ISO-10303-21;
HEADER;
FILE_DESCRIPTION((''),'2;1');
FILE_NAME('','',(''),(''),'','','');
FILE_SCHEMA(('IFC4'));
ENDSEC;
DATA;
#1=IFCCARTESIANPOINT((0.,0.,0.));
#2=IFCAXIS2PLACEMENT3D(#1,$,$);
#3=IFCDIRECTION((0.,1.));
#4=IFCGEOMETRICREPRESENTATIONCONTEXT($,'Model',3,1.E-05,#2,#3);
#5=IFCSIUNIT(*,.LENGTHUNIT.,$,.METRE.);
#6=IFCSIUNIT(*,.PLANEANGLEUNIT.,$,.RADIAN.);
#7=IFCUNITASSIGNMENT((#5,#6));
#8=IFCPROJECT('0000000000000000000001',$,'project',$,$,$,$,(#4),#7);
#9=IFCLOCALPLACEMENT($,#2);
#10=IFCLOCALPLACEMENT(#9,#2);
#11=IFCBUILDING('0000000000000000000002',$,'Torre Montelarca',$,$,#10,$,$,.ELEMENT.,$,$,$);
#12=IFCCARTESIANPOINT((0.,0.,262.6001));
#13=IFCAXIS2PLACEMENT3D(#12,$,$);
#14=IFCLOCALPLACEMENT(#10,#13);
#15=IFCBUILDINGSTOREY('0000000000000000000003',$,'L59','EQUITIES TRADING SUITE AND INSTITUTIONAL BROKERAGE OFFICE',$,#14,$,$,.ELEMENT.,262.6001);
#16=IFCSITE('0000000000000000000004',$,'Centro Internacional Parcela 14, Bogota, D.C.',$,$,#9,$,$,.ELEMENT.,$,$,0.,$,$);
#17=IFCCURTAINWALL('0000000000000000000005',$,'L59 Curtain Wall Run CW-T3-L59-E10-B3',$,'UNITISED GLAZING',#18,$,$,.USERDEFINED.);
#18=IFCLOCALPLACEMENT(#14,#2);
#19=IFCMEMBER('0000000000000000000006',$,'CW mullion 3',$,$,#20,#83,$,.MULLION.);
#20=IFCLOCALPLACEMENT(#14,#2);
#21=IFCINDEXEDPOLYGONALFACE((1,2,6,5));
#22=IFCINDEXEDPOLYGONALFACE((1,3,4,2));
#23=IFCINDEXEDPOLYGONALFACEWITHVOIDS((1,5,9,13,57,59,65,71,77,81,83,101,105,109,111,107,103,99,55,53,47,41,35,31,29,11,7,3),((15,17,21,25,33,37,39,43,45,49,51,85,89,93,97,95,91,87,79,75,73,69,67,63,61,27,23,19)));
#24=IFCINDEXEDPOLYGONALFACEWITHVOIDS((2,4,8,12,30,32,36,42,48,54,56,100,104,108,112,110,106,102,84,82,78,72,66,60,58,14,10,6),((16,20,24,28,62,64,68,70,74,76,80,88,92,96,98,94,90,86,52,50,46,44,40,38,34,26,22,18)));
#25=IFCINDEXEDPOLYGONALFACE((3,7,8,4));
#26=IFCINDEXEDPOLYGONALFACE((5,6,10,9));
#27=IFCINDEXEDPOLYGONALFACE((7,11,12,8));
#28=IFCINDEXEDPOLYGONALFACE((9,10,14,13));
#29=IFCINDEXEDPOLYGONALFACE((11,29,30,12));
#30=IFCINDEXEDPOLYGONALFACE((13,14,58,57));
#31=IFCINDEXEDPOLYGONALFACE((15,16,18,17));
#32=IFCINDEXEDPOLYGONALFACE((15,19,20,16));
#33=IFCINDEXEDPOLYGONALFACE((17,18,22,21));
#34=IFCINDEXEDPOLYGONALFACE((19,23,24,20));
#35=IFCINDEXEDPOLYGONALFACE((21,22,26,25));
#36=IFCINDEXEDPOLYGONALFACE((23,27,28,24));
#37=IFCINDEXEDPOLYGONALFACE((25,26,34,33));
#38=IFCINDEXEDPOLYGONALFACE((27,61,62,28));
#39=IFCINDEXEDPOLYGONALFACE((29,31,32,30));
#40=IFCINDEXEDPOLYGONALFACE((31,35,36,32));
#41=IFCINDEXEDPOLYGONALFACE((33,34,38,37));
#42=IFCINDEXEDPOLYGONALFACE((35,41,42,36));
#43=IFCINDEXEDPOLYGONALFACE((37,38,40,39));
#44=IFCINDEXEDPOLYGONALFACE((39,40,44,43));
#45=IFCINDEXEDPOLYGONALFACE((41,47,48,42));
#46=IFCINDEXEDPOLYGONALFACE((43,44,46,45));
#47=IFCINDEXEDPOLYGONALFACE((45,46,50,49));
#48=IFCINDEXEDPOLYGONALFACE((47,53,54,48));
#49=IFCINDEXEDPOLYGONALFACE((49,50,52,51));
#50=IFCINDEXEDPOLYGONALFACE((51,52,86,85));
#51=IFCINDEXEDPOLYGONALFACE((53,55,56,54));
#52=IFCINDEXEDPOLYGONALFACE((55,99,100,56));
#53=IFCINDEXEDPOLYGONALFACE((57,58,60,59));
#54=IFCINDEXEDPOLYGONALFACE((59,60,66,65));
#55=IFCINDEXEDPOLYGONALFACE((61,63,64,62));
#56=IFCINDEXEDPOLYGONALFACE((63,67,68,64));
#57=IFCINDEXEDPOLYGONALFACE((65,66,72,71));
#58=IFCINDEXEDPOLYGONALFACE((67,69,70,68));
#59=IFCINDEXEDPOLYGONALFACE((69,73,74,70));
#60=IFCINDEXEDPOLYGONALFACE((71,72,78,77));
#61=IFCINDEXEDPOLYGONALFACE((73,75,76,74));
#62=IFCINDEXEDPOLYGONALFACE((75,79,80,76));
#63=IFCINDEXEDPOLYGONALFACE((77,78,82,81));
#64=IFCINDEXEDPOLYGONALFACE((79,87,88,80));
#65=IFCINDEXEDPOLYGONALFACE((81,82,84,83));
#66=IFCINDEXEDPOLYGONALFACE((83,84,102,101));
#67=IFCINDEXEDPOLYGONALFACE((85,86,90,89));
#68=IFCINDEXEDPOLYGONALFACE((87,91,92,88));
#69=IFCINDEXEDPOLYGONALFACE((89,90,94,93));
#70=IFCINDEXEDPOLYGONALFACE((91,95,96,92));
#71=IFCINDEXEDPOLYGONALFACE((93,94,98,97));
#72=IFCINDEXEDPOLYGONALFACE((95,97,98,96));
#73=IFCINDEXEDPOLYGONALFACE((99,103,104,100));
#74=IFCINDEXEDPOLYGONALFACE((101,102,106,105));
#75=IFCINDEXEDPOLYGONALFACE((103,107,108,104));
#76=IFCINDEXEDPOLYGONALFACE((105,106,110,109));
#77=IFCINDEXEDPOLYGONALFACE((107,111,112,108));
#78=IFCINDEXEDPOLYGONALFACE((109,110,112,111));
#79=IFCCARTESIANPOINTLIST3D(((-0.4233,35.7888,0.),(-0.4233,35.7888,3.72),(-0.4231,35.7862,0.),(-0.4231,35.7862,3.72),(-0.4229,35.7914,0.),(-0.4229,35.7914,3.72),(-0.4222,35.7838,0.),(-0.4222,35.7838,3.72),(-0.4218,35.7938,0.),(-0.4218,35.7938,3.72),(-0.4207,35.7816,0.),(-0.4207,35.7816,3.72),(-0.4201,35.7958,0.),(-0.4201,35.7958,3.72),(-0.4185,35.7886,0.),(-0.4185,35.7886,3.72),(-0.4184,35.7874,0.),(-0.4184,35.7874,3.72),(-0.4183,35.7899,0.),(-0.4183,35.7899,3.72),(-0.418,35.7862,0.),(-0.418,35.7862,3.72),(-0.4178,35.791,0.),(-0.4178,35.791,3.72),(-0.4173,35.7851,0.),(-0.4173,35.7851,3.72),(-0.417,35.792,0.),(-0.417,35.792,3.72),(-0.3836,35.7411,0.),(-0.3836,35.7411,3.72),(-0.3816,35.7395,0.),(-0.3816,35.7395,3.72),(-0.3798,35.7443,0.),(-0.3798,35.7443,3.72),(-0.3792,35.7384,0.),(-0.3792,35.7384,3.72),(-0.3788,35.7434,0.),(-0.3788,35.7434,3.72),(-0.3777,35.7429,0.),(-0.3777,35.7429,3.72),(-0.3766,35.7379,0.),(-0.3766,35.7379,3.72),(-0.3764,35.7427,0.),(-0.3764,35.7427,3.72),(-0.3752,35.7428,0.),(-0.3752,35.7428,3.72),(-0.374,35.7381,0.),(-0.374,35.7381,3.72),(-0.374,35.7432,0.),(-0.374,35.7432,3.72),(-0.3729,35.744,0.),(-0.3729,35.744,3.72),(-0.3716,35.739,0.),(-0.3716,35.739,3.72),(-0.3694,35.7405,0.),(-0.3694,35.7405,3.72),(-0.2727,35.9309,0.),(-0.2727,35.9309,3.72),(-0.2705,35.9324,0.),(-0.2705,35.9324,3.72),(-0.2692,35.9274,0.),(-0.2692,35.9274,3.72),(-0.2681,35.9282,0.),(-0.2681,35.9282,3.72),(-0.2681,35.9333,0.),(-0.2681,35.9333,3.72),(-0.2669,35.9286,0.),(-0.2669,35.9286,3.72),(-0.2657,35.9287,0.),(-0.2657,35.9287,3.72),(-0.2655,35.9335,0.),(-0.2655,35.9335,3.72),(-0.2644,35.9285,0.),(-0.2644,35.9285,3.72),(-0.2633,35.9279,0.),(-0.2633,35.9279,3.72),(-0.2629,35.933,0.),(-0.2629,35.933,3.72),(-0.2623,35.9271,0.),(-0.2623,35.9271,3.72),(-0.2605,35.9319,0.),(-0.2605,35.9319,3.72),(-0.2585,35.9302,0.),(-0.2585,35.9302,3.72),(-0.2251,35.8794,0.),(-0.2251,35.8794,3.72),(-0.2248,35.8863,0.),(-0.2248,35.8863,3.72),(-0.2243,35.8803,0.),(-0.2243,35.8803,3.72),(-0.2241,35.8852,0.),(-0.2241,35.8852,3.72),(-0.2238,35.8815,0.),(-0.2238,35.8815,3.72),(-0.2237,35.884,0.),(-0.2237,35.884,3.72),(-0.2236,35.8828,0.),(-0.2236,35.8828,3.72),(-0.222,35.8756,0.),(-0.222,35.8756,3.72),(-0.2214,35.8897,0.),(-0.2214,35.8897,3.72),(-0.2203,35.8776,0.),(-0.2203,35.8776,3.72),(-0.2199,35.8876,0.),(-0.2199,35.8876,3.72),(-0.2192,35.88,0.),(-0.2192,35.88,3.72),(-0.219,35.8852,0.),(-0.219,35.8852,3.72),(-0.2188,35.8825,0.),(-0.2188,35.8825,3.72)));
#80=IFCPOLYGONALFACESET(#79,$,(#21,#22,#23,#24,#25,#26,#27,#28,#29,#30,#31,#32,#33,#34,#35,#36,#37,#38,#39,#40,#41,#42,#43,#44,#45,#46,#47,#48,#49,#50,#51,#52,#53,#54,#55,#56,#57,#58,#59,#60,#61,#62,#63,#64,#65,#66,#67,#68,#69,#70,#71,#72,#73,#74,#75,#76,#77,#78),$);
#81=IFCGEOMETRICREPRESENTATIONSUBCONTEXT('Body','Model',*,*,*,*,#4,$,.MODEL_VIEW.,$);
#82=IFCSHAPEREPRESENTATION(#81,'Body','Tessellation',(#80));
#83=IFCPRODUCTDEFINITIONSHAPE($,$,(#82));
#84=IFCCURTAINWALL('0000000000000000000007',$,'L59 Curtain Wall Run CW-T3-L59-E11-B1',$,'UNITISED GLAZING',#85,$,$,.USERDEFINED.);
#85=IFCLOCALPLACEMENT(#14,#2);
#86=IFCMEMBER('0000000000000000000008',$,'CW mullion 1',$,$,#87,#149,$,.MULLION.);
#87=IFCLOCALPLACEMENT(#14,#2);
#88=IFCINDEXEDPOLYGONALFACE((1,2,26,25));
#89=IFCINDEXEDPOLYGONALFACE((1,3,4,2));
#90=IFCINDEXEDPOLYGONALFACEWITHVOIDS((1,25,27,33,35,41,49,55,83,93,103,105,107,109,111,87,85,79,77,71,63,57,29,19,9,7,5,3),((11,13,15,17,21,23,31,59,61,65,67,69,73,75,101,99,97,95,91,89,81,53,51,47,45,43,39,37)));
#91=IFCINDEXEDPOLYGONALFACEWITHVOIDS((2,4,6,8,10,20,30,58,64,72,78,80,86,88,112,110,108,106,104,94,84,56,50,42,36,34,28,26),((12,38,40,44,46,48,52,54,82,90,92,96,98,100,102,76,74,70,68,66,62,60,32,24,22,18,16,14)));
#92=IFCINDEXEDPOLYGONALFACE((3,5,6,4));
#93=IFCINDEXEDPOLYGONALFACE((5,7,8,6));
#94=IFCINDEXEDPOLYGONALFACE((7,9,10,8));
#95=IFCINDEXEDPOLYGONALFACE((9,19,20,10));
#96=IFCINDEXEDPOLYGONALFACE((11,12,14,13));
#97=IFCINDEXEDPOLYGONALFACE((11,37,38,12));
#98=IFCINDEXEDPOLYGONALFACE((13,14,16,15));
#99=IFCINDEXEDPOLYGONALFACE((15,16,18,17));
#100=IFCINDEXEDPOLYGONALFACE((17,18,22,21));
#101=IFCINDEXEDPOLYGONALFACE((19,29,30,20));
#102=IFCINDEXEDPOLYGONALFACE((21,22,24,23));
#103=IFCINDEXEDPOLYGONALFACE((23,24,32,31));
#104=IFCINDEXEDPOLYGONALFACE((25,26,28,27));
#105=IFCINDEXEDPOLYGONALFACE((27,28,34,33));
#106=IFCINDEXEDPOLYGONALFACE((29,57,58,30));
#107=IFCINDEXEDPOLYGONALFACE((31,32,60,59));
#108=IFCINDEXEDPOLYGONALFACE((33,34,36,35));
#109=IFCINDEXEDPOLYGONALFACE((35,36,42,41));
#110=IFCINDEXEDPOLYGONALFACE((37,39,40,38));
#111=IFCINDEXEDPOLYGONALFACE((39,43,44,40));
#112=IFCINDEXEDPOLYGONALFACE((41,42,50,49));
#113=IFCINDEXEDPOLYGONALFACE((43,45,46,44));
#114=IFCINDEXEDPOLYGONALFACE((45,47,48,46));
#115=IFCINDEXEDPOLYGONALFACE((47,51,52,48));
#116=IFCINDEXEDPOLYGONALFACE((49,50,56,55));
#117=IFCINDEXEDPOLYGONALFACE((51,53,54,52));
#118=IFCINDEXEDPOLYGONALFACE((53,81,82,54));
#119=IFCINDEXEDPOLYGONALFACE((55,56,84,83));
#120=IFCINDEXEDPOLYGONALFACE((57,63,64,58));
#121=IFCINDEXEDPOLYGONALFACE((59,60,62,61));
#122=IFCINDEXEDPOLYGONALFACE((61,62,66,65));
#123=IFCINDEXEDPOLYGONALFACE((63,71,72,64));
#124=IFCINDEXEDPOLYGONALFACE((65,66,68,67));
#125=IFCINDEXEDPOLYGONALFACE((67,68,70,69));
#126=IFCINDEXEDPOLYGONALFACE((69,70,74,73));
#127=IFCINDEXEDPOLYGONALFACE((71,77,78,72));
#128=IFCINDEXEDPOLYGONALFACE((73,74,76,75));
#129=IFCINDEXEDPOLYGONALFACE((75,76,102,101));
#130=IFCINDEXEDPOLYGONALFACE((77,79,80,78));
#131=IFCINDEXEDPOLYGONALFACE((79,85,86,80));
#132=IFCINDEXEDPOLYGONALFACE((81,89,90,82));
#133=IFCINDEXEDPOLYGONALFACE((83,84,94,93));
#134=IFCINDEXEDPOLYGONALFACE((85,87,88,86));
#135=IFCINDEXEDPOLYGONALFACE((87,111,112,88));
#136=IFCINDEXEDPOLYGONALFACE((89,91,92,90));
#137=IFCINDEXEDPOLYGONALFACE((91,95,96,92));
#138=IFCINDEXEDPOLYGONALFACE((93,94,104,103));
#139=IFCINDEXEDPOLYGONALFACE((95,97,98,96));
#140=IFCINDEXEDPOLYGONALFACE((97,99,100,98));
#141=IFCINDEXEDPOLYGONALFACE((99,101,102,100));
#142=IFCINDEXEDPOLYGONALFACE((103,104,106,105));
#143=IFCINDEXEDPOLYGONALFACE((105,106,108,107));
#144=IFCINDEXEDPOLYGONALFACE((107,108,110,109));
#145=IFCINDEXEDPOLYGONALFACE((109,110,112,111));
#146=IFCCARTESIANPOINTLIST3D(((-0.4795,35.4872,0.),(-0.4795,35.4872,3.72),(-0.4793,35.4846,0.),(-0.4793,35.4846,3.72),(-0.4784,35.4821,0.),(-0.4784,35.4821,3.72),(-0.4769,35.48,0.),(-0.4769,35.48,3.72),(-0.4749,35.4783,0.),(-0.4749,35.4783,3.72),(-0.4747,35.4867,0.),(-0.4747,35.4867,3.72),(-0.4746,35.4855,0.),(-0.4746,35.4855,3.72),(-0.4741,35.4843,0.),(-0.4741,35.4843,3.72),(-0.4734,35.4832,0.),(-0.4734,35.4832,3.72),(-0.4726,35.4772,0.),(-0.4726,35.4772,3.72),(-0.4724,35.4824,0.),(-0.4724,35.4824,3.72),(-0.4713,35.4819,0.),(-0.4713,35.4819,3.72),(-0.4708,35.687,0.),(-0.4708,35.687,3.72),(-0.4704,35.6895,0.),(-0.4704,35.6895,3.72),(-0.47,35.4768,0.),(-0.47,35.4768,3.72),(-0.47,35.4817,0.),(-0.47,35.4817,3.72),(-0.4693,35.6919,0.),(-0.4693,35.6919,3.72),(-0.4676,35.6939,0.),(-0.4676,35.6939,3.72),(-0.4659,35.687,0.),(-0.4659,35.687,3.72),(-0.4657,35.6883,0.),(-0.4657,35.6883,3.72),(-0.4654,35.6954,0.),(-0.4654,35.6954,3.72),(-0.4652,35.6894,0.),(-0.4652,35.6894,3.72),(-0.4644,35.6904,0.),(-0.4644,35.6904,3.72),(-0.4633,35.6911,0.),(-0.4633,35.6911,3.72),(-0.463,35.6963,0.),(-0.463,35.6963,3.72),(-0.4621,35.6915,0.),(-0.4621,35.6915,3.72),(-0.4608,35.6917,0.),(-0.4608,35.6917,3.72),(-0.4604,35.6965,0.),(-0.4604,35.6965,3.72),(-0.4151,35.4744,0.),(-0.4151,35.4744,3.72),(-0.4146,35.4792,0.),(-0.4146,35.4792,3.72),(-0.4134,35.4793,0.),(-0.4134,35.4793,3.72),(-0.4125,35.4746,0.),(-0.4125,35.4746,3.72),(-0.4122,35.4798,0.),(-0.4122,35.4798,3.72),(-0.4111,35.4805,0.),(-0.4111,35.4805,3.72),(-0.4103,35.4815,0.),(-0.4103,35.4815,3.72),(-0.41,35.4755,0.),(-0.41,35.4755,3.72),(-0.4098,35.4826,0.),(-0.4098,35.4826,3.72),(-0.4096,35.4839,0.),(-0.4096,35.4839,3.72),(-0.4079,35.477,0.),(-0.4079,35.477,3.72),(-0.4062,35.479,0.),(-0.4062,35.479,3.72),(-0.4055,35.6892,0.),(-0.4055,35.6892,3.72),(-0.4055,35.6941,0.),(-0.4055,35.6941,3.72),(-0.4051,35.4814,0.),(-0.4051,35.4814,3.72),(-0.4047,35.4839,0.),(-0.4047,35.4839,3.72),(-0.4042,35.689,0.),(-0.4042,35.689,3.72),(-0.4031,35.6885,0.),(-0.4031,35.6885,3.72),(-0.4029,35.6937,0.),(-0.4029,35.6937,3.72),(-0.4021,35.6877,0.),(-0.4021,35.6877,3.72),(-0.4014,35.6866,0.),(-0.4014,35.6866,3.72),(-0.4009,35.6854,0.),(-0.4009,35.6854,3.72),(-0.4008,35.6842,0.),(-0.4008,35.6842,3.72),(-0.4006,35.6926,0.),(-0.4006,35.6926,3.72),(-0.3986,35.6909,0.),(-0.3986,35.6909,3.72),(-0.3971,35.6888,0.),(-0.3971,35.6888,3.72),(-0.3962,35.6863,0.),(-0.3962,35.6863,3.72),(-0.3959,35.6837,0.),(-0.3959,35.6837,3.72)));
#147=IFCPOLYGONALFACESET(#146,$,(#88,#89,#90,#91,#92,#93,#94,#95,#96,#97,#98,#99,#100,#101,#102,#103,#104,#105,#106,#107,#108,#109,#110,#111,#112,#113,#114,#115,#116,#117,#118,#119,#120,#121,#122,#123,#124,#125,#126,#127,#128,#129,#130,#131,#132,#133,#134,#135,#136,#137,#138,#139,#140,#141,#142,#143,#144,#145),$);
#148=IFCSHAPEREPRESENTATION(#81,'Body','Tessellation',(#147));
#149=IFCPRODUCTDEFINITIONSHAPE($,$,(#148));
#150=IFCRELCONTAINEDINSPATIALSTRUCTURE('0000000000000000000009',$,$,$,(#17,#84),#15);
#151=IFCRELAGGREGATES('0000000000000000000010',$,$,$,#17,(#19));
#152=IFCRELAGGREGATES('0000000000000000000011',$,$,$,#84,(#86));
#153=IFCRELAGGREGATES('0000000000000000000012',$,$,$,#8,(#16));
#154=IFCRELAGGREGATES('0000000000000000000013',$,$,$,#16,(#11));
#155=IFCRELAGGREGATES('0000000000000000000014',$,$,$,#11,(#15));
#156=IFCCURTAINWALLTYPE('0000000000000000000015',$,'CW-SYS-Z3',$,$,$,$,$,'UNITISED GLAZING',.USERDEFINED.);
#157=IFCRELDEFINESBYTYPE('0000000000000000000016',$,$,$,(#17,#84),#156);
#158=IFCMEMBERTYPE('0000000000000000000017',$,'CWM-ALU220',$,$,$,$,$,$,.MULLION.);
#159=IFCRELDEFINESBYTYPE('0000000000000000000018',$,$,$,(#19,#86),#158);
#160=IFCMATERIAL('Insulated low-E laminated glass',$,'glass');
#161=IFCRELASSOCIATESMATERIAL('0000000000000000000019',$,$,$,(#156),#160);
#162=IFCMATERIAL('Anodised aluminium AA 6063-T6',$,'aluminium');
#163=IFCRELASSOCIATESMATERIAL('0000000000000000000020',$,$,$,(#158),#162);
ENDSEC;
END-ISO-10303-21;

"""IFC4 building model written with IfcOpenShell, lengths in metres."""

from ifc_helpers import new_model, si_unit, direction, frame, origin, origin_2d, place, context, subcontext, project, spatial, hollow_rectangle, extrude, source, transform, mapped, material, material_profile, profile_set, type_object, element, aggregate, save


model = new_model("IFC4")

# Units and contexts
model_context = context("Model", 3, precision=1e-05, world=origin(), true_north=direction((0.0, 1.0)))
body_context = subcontext(model_context, "Body", "Model", "MODEL_VIEW")
ifc_project = project(units=[si_unit("LENGTHUNIT", "METRE"), si_unit("PLANEANGLEUNIT", "RADIAN")], contexts=[model_context])

# Site, building, storey
site_placement = place(None, origin())
site = spatial("IfcSite", under=ifc_project, at=site_placement, Name="Centro Internacional Parcela 14, Bogota, D.C.", CompositionType="ELEMENT", RefElevation=0.0)
building_placement = place(site_placement, origin())
building = spatial("IfcBuilding", under=site, at=building_placement, Name="Torre Montelarca", CompositionType="ELEMENT")
storey_placement = place(building_placement, frame((0.0, 0.0, 262.6001)))
storey = spatial("IfcBuildingStorey", under=building, at=storey_placement, Name="L59", Description="EQUITIES TRADING SUITE AND INSTITUTIONAL BROKERAGE OFFICE", CompositionType="ELEMENT", Elevation=262.6001)

# Curtain wall, member
ifc_material_1 = material(Name="Insulated low-E laminated glass", Category="glass")
curtain_wall_type = type_object("IfcCurtainWallType", Name="CW-SYS-Z3", ElementType="UNITISED GLAZING", PredefinedType="USERDEFINED", material=ifc_material_1)
curtain_wall_1_placement = place(storey_placement, origin())
curtain_wall_1 = element("IfcCurtainWall", 1, at=curtain_wall_1_placement, inside=storey, type_object=curtain_wall_type, Name="L59 Curtain Wall Run CW-T3-L59-E10-B3", ObjectType="UNITISED GLAZING", PredefinedType="USERDEFINED")
ifc_material_2 = material(Name="Anodised aluminium AA 6063-T6", Category="aluminium")
ifc_material_profile_1 = material_profile(ifc_material_2, hollow_rectangle(XDim=0.075, YDim=0.22, WallThickness=0.0049, InnerFilletRadius=0.0049, OuterFilletRadius=0.01, at=origin_2d()), Name="ALU75X220X5", Category="aluminium")
ifc_profile_set_1 = profile_set([ifc_material_profile_1], Name="Anodised aluminium AA 6063-T6")
member_type_1 = type_object("IfcMemberType", Name="CWM-ALU220", PredefinedType="MULLION", material=ifc_profile_set_1)
shared_shape_1 = source(origin(), body_context, "Body", "SweptSolid", [
    extrude(hollow_rectangle(XDim=0.075, YDim=0.22, WallThickness=0.0049, InnerFilletRadius=0.0049, OuterFilletRadius=0.01, at=origin_2d()), origin(), (0.0, 0.0, 1.0), 3.72),
])
member_1_placement = place(storey_placement, frame((-0.321, 35.8357, 0.0), z_axis=(0.0, 0.0, 1.0), x_axis=(0.675582, -0.737285, 0.0)))
member_1 = element("IfcMember", 2, at=member_1_placement, type_object=member_type_1, Name="CW mullion 3", PredefinedType="MULLION", context=body_context, shape_type="MappedRepresentation", body=[
    mapped(shared_shape_1, transform((0.0, 0.0, 0.0), scale=1.0)),
])

# Curtain wall, member
curtain_wall_2_placement = place(storey_placement, origin())
curtain_wall_2 = element("IfcCurtainWall", 3, at=curtain_wall_2_placement, inside=storey, type_object=curtain_wall_type, Name="L59 Curtain Wall Run CW-T3-L59-E11-B1", ObjectType="UNITISED GLAZING", PredefinedType="USERDEFINED")
member_2_placement = place(storey_placement, frame((-0.4377, 35.5854, 0.0), z_axis=(0.0, 0.0, 1.0), x_axis=(0.999048, -0.043626, 0.0)))
member_2 = element("IfcMember", 4, at=member_2_placement, type_object=member_type_1, Name="CW mullion 1", PredefinedType="MULLION", context=body_context, shape_type="MappedRepresentation", body=[
    mapped(shared_shape_1, transform((0.0, 0.0, 0.0), scale=1.0)),
])

aggregate(curtain_wall_1, [member_1])
aggregate(curtain_wall_2, [member_2])

save(model, "model.ifc")
